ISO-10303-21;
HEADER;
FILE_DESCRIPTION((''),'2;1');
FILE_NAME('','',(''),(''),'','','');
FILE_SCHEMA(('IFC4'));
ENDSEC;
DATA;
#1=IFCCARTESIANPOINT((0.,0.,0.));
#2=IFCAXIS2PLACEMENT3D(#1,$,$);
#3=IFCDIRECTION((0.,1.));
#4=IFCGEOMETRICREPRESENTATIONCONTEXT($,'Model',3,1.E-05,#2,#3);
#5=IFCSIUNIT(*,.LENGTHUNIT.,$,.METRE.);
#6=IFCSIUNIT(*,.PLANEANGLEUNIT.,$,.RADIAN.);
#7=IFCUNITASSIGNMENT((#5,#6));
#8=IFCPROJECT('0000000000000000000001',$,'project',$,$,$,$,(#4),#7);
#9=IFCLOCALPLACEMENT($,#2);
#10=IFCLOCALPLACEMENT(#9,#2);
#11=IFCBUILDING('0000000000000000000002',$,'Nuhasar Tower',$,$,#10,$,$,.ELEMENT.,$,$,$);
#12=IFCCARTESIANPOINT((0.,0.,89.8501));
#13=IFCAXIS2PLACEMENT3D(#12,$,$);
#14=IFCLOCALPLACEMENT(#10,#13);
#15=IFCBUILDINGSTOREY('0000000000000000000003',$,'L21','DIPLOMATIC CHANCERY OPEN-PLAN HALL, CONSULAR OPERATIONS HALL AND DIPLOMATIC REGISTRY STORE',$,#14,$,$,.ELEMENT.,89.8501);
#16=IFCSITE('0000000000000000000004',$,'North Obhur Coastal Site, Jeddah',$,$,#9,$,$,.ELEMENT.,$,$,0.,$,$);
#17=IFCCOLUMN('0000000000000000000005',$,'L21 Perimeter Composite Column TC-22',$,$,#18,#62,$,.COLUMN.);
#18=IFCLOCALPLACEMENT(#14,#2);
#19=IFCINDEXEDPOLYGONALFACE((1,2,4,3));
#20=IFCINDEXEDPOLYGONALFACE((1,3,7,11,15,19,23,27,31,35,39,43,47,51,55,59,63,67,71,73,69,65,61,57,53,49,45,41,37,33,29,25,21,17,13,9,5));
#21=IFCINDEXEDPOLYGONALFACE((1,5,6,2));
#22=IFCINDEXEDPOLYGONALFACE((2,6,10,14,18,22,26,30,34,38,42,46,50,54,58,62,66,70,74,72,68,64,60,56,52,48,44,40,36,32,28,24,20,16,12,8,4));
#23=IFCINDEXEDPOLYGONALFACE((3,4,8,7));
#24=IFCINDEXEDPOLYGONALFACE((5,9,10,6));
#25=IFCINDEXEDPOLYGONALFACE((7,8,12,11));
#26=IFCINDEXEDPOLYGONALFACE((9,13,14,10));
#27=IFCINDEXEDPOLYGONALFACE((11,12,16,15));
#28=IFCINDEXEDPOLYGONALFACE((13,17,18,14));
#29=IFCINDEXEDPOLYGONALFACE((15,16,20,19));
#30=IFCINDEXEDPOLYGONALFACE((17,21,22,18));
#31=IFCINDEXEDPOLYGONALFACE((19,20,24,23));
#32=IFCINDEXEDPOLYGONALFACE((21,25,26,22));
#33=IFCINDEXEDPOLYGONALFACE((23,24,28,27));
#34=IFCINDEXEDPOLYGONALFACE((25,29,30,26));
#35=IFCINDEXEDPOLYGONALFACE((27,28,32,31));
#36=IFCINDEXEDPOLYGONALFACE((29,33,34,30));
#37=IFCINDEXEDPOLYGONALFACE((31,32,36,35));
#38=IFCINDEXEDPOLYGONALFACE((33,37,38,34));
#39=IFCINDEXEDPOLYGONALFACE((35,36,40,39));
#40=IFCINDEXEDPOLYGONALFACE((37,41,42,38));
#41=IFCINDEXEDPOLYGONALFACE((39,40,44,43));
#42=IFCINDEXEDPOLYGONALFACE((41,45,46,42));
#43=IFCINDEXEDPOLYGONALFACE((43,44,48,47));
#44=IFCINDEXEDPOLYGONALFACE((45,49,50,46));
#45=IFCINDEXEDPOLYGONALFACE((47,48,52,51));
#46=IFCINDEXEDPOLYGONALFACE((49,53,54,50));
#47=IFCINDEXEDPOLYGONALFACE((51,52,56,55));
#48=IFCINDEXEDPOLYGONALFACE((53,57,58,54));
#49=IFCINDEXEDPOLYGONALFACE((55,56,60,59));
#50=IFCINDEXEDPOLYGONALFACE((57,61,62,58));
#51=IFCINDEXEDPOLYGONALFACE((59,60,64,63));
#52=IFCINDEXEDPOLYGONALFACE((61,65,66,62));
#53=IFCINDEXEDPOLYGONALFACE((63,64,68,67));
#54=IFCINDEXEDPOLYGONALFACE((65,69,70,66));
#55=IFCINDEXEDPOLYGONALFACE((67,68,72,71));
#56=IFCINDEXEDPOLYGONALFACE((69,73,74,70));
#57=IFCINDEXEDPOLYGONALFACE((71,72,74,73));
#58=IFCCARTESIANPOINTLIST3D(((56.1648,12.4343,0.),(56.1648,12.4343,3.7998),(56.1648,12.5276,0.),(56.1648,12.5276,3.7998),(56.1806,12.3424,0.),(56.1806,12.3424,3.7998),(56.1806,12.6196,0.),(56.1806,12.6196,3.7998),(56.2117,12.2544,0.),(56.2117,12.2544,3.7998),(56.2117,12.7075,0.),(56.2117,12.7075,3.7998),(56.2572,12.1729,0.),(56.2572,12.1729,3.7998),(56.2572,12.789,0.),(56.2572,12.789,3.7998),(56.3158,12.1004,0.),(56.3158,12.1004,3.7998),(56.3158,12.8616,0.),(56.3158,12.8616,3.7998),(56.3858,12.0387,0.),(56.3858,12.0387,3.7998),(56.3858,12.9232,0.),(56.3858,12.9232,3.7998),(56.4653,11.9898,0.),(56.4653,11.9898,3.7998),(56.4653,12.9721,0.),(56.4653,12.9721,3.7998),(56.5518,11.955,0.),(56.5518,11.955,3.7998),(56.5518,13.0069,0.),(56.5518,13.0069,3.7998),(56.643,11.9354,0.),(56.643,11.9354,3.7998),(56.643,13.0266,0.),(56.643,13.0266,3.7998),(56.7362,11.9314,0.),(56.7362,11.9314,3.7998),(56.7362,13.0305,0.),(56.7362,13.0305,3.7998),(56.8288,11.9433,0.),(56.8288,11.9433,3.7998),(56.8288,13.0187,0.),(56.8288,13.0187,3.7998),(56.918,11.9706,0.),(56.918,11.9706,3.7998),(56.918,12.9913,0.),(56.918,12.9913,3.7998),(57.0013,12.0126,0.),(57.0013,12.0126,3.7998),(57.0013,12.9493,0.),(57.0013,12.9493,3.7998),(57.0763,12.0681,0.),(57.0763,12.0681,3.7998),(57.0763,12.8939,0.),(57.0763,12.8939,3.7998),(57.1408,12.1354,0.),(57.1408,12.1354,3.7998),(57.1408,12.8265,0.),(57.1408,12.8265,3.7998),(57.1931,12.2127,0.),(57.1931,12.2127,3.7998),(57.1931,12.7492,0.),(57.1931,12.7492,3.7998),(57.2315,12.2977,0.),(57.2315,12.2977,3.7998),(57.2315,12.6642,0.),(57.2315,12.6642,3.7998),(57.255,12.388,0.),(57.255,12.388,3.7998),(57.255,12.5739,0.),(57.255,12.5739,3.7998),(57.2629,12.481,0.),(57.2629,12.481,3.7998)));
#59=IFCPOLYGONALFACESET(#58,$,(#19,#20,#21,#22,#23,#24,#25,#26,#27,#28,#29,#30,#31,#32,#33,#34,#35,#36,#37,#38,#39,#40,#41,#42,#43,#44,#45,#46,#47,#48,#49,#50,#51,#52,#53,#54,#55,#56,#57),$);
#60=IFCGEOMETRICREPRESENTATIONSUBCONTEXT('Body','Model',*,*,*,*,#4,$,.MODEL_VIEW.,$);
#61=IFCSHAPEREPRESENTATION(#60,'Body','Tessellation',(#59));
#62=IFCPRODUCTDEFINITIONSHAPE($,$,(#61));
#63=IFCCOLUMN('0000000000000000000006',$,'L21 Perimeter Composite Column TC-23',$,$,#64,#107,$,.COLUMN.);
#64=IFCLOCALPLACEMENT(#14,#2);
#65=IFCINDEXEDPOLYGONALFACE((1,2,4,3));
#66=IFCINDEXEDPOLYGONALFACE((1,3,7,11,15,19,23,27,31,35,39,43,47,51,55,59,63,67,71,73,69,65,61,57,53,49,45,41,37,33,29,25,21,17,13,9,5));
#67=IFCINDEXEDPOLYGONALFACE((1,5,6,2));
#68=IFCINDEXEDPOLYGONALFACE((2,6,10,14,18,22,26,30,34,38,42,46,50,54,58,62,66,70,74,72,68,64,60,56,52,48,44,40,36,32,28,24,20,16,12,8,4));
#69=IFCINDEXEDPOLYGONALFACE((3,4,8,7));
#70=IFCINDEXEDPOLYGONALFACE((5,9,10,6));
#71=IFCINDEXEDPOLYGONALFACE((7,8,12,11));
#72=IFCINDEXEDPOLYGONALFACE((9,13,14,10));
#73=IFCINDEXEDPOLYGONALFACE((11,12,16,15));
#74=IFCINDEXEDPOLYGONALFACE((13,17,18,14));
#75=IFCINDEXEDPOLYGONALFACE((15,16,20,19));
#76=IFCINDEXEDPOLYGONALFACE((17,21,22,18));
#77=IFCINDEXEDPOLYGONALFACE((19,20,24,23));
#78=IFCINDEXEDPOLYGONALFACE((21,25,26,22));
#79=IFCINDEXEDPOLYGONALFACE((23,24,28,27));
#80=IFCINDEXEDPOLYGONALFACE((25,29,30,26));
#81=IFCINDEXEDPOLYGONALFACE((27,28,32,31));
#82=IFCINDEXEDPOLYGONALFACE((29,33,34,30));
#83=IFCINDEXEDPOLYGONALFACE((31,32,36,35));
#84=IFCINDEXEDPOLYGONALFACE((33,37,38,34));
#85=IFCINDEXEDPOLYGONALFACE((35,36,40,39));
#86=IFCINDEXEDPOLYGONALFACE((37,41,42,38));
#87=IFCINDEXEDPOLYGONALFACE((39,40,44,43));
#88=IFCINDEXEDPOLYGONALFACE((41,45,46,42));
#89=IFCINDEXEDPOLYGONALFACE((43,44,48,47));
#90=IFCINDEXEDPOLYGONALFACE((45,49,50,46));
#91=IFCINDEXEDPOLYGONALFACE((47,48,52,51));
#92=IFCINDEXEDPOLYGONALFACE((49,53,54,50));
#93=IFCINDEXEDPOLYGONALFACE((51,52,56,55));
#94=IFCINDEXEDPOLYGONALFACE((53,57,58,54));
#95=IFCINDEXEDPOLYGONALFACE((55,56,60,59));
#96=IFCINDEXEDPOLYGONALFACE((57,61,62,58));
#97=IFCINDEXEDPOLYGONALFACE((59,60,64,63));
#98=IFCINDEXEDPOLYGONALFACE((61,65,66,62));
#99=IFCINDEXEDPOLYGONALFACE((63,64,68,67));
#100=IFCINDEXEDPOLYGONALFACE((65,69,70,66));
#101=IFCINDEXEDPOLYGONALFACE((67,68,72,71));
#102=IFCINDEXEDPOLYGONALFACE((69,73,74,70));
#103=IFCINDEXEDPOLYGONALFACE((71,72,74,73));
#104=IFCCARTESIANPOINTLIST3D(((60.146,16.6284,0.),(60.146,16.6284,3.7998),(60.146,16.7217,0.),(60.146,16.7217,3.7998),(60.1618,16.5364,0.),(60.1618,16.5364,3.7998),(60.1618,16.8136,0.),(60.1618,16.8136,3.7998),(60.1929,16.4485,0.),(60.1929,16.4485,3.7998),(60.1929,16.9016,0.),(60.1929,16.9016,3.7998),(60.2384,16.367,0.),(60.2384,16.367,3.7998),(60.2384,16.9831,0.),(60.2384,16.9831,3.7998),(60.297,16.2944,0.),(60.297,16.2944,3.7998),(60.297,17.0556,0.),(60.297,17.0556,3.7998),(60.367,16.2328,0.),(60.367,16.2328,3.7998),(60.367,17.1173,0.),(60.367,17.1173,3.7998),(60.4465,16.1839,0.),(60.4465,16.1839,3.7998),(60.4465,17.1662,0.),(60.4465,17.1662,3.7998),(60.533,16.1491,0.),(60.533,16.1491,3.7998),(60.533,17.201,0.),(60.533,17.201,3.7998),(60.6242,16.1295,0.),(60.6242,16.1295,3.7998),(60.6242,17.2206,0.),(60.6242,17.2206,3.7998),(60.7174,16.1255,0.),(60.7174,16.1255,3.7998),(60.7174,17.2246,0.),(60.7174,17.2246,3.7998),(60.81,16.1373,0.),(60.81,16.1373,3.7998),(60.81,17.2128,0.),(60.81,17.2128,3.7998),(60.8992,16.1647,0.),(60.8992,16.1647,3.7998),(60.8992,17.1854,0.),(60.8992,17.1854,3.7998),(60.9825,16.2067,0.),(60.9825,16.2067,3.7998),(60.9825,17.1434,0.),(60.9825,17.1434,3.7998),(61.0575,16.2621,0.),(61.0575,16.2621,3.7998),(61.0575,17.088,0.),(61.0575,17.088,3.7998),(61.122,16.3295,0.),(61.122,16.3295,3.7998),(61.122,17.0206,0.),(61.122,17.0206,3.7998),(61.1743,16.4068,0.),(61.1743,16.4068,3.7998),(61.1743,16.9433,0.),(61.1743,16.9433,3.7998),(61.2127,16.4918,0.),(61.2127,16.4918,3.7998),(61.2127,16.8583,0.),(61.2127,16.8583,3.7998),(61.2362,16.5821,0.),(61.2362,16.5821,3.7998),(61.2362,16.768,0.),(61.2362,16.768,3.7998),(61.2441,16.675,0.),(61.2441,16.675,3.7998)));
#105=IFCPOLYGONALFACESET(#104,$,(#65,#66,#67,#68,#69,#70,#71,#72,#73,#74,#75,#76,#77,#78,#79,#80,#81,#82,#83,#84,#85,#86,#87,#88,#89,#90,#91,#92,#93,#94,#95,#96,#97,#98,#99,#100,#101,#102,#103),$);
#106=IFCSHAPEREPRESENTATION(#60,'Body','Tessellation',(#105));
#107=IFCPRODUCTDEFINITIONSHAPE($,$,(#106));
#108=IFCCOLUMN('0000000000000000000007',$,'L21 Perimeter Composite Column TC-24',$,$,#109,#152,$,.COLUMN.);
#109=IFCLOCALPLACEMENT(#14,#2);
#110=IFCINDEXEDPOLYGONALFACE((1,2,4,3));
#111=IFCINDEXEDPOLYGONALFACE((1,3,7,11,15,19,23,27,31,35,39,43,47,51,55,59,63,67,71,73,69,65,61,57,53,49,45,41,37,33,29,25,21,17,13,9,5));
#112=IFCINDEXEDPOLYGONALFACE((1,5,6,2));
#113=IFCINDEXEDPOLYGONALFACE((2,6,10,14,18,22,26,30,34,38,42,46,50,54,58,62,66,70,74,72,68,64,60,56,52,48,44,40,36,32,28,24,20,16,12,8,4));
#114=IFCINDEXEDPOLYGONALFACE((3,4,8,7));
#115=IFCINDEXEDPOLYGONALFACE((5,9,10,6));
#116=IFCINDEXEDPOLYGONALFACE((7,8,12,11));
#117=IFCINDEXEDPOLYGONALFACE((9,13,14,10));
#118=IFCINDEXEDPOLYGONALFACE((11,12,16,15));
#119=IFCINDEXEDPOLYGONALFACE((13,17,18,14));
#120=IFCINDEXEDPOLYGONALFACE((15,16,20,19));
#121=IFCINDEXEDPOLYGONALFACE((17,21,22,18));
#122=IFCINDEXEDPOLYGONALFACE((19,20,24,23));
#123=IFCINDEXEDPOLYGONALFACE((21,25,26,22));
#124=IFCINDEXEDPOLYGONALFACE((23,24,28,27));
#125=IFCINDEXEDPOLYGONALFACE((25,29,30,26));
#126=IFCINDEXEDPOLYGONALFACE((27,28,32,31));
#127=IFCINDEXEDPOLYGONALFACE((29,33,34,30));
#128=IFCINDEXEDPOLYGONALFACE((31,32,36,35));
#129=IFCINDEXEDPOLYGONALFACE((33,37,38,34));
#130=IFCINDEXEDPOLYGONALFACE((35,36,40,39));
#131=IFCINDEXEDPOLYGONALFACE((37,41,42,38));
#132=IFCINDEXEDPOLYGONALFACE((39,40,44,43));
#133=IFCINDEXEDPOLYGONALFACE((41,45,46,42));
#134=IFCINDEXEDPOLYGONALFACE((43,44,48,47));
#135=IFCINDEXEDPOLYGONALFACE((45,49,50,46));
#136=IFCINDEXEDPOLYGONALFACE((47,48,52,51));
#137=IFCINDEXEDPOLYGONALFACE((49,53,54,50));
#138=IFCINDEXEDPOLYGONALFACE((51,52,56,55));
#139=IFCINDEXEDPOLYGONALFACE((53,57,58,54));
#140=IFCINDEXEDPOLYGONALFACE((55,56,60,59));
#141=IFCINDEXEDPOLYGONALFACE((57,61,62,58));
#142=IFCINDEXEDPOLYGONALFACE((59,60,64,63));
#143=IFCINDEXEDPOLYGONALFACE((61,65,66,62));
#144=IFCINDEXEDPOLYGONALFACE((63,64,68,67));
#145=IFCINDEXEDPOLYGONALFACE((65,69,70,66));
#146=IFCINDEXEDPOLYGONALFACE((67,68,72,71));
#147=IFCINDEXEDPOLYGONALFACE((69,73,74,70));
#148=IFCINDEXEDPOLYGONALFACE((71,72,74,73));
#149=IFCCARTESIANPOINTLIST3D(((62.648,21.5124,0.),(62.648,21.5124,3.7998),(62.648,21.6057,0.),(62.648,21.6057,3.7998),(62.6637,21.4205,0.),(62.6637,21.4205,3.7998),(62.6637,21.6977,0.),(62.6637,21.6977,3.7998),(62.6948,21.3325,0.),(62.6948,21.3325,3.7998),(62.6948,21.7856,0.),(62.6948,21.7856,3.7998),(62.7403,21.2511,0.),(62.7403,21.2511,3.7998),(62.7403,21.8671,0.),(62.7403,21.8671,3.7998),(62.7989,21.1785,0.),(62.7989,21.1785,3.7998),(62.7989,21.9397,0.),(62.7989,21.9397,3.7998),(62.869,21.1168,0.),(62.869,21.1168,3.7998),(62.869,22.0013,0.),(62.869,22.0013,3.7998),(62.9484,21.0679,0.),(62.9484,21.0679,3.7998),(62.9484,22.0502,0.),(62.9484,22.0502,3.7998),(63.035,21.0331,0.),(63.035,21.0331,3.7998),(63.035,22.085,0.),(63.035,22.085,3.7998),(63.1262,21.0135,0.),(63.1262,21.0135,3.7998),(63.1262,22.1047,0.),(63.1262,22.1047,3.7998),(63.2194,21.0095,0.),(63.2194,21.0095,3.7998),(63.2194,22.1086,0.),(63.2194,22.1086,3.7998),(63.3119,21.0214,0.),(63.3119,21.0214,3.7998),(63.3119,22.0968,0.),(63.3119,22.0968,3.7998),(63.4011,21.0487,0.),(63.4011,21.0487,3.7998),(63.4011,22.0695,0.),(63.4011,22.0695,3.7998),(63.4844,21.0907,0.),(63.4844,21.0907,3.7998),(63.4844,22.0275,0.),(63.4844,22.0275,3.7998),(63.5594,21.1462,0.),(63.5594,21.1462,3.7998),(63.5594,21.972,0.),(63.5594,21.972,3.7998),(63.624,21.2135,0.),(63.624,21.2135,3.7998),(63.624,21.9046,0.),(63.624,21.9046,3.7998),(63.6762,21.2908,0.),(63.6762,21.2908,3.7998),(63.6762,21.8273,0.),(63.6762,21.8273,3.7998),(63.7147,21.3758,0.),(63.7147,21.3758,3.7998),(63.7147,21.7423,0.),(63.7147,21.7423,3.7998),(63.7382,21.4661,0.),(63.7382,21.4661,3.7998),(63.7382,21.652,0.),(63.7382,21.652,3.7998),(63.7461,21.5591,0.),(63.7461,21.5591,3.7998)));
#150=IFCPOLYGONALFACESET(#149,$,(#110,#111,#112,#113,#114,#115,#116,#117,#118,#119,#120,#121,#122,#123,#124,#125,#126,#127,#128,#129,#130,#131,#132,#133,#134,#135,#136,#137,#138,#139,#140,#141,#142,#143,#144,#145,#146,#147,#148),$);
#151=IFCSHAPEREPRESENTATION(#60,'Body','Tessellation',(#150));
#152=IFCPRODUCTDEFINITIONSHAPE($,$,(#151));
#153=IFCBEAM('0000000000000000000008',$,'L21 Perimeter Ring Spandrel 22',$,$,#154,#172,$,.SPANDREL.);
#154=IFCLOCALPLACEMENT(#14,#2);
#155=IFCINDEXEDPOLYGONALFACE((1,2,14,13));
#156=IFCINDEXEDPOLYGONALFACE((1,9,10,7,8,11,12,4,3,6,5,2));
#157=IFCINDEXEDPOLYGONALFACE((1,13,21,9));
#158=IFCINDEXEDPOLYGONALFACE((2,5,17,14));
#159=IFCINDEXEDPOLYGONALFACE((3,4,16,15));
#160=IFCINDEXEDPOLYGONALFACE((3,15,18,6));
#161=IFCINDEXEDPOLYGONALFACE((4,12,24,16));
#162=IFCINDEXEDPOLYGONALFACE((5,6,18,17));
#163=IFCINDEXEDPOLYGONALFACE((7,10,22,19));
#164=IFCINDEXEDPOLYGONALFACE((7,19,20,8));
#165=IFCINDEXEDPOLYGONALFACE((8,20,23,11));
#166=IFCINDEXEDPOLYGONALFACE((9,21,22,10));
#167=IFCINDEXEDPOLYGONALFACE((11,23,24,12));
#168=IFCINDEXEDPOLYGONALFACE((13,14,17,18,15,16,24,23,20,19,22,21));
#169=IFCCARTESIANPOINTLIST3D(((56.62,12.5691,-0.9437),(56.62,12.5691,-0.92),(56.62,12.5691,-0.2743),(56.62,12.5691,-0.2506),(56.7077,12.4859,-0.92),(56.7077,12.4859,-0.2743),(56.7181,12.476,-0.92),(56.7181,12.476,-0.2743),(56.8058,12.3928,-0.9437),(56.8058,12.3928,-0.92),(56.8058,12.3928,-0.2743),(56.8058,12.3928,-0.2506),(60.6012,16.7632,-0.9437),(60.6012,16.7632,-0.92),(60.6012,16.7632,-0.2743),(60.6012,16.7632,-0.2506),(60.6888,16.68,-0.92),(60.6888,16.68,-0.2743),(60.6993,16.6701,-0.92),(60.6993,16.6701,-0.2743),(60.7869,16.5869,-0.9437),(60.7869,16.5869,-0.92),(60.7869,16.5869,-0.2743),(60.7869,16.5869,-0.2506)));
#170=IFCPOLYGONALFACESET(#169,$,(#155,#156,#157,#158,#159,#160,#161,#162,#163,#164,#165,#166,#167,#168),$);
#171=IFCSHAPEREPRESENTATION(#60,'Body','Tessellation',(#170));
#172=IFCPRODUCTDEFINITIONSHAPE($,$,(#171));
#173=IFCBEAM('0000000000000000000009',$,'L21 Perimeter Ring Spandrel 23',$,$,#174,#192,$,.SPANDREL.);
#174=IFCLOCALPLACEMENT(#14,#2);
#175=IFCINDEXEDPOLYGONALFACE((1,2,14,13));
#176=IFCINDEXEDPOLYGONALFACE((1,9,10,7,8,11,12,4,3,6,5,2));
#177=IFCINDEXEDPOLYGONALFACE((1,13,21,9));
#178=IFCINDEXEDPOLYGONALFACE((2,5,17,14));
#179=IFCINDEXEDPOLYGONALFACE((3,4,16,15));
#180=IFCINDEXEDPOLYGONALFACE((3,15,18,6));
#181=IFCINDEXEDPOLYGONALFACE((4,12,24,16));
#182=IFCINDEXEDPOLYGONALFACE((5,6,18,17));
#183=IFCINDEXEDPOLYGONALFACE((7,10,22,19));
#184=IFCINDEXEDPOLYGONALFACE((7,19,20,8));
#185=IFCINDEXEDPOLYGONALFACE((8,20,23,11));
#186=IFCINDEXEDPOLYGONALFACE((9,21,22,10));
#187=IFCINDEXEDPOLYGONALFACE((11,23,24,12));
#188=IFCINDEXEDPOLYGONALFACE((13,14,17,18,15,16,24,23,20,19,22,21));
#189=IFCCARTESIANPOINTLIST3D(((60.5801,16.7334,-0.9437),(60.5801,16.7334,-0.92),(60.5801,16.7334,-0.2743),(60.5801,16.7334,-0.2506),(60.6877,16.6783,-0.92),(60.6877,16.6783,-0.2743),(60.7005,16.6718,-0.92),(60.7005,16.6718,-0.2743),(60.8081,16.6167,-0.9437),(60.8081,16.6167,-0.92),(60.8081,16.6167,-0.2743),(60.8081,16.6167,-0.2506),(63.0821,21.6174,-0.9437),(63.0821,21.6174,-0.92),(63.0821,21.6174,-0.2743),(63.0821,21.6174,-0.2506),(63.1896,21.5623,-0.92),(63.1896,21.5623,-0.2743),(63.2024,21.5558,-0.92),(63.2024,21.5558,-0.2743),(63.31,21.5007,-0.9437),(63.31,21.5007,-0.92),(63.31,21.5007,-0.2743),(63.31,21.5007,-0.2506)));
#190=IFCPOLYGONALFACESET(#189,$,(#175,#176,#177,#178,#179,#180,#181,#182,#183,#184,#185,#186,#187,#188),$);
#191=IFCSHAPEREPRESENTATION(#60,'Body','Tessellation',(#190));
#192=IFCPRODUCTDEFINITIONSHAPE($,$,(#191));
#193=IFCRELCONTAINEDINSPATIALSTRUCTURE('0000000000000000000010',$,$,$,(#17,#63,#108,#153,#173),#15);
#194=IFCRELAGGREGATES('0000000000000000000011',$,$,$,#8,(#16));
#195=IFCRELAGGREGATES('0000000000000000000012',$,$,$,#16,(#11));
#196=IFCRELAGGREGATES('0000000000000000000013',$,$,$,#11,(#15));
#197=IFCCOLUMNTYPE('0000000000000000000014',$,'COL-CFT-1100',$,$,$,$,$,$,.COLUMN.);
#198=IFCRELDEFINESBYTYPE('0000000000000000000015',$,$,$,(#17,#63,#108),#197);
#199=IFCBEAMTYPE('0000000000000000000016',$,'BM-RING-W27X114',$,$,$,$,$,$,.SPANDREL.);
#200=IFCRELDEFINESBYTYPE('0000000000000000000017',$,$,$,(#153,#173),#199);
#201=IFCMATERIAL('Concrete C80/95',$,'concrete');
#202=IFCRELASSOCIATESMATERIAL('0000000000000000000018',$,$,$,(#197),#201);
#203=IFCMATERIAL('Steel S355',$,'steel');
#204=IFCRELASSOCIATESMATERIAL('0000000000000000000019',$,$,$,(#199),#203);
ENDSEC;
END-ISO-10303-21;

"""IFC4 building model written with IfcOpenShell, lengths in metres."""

from ifc_helpers import new_model, si_unit, direction, frame, origin, origin_2d, place, context, subcontext, project, spatial, circle, i_section, extrude, material, material_profile, profile_set, type_object, element, save


model = new_model("IFC4")

# Units and contexts
model_context = context("Model", 3, precision=1e-05, world=origin(), true_north=direction((0.0, 1.0)))
body_context = subcontext(model_context, "Body", "Model", "MODEL_VIEW")
ifc_project = project(units=[si_unit("LENGTHUNIT", "METRE"), si_unit("PLANEANGLEUNIT", "RADIAN")], contexts=[model_context])

# Site, building, storey
site_placement = place(None, origin())
site = spatial("IfcSite", under=ifc_project, at=site_placement, Name="North Obhur Coastal Site, Jeddah", CompositionType="ELEMENT", RefElevation=0.0)
building_placement = place(site_placement, origin())
building = spatial("IfcBuilding", under=site, at=building_placement, Name="Nuhasar Tower", CompositionType="ELEMENT")
storey_placement = place(building_placement, frame((0.0, 0.0, 89.8501)))
storey = spatial("IfcBuildingStorey", under=building, at=storey_placement, Name="L21", Description="DIPLOMATIC CHANCERY OPEN-PLAN HALL, CONSULAR OPERATIONS HALL AND DIPLOMATIC REGISTRY STORE", CompositionType="ELEMENT", Elevation=89.8501)

# Columns
ifc_material_1 = material(Name="Concrete C80/95", Category="concrete")
ifc_material_profile_1 = material_profile(ifc_material_1, circle(Radius=0.55, at=origin_2d()), Name="CFT1100")
ifc_profile_set_1 = profile_set([ifc_material_profile_1], Name="Concrete C80/95")
column_type = type_object("IfcColumnType", Name="COL-CFT-1100", PredefinedType="COLUMN", material=ifc_profile_set_1)
for number, where, z_axis, x_axis, name in (
    (1, (56.7129, 12.481, 0.0), (0.0, 0.0, 1.0), (1.0, 0.0, 0.0), "L21 Perimeter Composite Column TC-22"),
    (2, (60.6941, 16.675, 0.0), (0.0, 0.0, 1.0), (1.0, 0.0, 0.0), "L21 Perimeter Composite Column TC-23"),
    (3, (63.196, 21.5591, 0.0), (0.0, 0.0, 1.0), (1.0, 0.0, 0.0), "L21 Perimeter Composite Column TC-24"),
):
    element("IfcColumn", number, at=place(storey_placement, frame(where, z_axis=z_axis, x_axis=x_axis)), inside=storey, type_object=column_type, Name=name, PredefinedType="COLUMN", context=body_context, shape_type="SweptSolid", body=[
        extrude(circle(Radius=0.55, at=origin_2d()), origin(), (0.0, 0.0, 1.0), 3.7998),
    ])

# Beams
ifc_material_2 = material(Name="Steel S355", Category="steel")
ifc_material_profile_2 = material_profile(ifc_material_2, i_section(OverallWidth=0.2561, OverallDepth=0.6931, WebThickness=0.0144, FlangeThickness=0.0237, at=origin_2d()), Name="W27X114")
ifc_profile_set_2 = profile_set([ifc_material_profile_2], Name="Steel S355")
beam_type_1 = type_object("IfcBeamType", Name="BM-RING-W27X114", PredefinedType="SPANDREL", material=ifc_profile_set_2)
beam_1_placement = place(storey_placement, frame((56.7129, 12.481, -0.5972), z_axis=(0.68846, 0.725274, 0.0), x_axis=(-0.725274, 0.68846, 0.0)))
element("IfcBeam", 4, at=beam_1_placement, inside=storey, type_object=beam_type_1, Name="L21 Perimeter Ring Spandrel 22", PredefinedType="SPANDREL", context=body_context, shape_type="SweptSolid", body=[
    extrude(i_section(OverallWidth=0.2561, OverallDepth=0.6931, WebThickness=0.0144, FlangeThickness=0.0237, at=origin_2d()), origin(), (0.0, 0.0, 1.0), 5.7827),
])
beam_2_placement = place(storey_placement, frame((60.6941, 16.675, -0.5972), z_axis=(0.45593, 0.890016, 0.0), x_axis=(-0.890016, 0.45593, 0.0)))
element("IfcBeam", 5, at=beam_2_placement, inside=storey, type_object=beam_type_1, Name="L21 Perimeter Ring Spandrel 23", PredefinedType="SPANDREL", context=body_context, shape_type="SweptSolid", body=[
    extrude(i_section(OverallWidth=0.2561, OverallDepth=0.6931, WebThickness=0.0144, FlangeThickness=0.0237, at=origin_2d()), origin(), (0.0, 0.0, 1.0), 5.4875),
])

save(model, "model.ifc")
